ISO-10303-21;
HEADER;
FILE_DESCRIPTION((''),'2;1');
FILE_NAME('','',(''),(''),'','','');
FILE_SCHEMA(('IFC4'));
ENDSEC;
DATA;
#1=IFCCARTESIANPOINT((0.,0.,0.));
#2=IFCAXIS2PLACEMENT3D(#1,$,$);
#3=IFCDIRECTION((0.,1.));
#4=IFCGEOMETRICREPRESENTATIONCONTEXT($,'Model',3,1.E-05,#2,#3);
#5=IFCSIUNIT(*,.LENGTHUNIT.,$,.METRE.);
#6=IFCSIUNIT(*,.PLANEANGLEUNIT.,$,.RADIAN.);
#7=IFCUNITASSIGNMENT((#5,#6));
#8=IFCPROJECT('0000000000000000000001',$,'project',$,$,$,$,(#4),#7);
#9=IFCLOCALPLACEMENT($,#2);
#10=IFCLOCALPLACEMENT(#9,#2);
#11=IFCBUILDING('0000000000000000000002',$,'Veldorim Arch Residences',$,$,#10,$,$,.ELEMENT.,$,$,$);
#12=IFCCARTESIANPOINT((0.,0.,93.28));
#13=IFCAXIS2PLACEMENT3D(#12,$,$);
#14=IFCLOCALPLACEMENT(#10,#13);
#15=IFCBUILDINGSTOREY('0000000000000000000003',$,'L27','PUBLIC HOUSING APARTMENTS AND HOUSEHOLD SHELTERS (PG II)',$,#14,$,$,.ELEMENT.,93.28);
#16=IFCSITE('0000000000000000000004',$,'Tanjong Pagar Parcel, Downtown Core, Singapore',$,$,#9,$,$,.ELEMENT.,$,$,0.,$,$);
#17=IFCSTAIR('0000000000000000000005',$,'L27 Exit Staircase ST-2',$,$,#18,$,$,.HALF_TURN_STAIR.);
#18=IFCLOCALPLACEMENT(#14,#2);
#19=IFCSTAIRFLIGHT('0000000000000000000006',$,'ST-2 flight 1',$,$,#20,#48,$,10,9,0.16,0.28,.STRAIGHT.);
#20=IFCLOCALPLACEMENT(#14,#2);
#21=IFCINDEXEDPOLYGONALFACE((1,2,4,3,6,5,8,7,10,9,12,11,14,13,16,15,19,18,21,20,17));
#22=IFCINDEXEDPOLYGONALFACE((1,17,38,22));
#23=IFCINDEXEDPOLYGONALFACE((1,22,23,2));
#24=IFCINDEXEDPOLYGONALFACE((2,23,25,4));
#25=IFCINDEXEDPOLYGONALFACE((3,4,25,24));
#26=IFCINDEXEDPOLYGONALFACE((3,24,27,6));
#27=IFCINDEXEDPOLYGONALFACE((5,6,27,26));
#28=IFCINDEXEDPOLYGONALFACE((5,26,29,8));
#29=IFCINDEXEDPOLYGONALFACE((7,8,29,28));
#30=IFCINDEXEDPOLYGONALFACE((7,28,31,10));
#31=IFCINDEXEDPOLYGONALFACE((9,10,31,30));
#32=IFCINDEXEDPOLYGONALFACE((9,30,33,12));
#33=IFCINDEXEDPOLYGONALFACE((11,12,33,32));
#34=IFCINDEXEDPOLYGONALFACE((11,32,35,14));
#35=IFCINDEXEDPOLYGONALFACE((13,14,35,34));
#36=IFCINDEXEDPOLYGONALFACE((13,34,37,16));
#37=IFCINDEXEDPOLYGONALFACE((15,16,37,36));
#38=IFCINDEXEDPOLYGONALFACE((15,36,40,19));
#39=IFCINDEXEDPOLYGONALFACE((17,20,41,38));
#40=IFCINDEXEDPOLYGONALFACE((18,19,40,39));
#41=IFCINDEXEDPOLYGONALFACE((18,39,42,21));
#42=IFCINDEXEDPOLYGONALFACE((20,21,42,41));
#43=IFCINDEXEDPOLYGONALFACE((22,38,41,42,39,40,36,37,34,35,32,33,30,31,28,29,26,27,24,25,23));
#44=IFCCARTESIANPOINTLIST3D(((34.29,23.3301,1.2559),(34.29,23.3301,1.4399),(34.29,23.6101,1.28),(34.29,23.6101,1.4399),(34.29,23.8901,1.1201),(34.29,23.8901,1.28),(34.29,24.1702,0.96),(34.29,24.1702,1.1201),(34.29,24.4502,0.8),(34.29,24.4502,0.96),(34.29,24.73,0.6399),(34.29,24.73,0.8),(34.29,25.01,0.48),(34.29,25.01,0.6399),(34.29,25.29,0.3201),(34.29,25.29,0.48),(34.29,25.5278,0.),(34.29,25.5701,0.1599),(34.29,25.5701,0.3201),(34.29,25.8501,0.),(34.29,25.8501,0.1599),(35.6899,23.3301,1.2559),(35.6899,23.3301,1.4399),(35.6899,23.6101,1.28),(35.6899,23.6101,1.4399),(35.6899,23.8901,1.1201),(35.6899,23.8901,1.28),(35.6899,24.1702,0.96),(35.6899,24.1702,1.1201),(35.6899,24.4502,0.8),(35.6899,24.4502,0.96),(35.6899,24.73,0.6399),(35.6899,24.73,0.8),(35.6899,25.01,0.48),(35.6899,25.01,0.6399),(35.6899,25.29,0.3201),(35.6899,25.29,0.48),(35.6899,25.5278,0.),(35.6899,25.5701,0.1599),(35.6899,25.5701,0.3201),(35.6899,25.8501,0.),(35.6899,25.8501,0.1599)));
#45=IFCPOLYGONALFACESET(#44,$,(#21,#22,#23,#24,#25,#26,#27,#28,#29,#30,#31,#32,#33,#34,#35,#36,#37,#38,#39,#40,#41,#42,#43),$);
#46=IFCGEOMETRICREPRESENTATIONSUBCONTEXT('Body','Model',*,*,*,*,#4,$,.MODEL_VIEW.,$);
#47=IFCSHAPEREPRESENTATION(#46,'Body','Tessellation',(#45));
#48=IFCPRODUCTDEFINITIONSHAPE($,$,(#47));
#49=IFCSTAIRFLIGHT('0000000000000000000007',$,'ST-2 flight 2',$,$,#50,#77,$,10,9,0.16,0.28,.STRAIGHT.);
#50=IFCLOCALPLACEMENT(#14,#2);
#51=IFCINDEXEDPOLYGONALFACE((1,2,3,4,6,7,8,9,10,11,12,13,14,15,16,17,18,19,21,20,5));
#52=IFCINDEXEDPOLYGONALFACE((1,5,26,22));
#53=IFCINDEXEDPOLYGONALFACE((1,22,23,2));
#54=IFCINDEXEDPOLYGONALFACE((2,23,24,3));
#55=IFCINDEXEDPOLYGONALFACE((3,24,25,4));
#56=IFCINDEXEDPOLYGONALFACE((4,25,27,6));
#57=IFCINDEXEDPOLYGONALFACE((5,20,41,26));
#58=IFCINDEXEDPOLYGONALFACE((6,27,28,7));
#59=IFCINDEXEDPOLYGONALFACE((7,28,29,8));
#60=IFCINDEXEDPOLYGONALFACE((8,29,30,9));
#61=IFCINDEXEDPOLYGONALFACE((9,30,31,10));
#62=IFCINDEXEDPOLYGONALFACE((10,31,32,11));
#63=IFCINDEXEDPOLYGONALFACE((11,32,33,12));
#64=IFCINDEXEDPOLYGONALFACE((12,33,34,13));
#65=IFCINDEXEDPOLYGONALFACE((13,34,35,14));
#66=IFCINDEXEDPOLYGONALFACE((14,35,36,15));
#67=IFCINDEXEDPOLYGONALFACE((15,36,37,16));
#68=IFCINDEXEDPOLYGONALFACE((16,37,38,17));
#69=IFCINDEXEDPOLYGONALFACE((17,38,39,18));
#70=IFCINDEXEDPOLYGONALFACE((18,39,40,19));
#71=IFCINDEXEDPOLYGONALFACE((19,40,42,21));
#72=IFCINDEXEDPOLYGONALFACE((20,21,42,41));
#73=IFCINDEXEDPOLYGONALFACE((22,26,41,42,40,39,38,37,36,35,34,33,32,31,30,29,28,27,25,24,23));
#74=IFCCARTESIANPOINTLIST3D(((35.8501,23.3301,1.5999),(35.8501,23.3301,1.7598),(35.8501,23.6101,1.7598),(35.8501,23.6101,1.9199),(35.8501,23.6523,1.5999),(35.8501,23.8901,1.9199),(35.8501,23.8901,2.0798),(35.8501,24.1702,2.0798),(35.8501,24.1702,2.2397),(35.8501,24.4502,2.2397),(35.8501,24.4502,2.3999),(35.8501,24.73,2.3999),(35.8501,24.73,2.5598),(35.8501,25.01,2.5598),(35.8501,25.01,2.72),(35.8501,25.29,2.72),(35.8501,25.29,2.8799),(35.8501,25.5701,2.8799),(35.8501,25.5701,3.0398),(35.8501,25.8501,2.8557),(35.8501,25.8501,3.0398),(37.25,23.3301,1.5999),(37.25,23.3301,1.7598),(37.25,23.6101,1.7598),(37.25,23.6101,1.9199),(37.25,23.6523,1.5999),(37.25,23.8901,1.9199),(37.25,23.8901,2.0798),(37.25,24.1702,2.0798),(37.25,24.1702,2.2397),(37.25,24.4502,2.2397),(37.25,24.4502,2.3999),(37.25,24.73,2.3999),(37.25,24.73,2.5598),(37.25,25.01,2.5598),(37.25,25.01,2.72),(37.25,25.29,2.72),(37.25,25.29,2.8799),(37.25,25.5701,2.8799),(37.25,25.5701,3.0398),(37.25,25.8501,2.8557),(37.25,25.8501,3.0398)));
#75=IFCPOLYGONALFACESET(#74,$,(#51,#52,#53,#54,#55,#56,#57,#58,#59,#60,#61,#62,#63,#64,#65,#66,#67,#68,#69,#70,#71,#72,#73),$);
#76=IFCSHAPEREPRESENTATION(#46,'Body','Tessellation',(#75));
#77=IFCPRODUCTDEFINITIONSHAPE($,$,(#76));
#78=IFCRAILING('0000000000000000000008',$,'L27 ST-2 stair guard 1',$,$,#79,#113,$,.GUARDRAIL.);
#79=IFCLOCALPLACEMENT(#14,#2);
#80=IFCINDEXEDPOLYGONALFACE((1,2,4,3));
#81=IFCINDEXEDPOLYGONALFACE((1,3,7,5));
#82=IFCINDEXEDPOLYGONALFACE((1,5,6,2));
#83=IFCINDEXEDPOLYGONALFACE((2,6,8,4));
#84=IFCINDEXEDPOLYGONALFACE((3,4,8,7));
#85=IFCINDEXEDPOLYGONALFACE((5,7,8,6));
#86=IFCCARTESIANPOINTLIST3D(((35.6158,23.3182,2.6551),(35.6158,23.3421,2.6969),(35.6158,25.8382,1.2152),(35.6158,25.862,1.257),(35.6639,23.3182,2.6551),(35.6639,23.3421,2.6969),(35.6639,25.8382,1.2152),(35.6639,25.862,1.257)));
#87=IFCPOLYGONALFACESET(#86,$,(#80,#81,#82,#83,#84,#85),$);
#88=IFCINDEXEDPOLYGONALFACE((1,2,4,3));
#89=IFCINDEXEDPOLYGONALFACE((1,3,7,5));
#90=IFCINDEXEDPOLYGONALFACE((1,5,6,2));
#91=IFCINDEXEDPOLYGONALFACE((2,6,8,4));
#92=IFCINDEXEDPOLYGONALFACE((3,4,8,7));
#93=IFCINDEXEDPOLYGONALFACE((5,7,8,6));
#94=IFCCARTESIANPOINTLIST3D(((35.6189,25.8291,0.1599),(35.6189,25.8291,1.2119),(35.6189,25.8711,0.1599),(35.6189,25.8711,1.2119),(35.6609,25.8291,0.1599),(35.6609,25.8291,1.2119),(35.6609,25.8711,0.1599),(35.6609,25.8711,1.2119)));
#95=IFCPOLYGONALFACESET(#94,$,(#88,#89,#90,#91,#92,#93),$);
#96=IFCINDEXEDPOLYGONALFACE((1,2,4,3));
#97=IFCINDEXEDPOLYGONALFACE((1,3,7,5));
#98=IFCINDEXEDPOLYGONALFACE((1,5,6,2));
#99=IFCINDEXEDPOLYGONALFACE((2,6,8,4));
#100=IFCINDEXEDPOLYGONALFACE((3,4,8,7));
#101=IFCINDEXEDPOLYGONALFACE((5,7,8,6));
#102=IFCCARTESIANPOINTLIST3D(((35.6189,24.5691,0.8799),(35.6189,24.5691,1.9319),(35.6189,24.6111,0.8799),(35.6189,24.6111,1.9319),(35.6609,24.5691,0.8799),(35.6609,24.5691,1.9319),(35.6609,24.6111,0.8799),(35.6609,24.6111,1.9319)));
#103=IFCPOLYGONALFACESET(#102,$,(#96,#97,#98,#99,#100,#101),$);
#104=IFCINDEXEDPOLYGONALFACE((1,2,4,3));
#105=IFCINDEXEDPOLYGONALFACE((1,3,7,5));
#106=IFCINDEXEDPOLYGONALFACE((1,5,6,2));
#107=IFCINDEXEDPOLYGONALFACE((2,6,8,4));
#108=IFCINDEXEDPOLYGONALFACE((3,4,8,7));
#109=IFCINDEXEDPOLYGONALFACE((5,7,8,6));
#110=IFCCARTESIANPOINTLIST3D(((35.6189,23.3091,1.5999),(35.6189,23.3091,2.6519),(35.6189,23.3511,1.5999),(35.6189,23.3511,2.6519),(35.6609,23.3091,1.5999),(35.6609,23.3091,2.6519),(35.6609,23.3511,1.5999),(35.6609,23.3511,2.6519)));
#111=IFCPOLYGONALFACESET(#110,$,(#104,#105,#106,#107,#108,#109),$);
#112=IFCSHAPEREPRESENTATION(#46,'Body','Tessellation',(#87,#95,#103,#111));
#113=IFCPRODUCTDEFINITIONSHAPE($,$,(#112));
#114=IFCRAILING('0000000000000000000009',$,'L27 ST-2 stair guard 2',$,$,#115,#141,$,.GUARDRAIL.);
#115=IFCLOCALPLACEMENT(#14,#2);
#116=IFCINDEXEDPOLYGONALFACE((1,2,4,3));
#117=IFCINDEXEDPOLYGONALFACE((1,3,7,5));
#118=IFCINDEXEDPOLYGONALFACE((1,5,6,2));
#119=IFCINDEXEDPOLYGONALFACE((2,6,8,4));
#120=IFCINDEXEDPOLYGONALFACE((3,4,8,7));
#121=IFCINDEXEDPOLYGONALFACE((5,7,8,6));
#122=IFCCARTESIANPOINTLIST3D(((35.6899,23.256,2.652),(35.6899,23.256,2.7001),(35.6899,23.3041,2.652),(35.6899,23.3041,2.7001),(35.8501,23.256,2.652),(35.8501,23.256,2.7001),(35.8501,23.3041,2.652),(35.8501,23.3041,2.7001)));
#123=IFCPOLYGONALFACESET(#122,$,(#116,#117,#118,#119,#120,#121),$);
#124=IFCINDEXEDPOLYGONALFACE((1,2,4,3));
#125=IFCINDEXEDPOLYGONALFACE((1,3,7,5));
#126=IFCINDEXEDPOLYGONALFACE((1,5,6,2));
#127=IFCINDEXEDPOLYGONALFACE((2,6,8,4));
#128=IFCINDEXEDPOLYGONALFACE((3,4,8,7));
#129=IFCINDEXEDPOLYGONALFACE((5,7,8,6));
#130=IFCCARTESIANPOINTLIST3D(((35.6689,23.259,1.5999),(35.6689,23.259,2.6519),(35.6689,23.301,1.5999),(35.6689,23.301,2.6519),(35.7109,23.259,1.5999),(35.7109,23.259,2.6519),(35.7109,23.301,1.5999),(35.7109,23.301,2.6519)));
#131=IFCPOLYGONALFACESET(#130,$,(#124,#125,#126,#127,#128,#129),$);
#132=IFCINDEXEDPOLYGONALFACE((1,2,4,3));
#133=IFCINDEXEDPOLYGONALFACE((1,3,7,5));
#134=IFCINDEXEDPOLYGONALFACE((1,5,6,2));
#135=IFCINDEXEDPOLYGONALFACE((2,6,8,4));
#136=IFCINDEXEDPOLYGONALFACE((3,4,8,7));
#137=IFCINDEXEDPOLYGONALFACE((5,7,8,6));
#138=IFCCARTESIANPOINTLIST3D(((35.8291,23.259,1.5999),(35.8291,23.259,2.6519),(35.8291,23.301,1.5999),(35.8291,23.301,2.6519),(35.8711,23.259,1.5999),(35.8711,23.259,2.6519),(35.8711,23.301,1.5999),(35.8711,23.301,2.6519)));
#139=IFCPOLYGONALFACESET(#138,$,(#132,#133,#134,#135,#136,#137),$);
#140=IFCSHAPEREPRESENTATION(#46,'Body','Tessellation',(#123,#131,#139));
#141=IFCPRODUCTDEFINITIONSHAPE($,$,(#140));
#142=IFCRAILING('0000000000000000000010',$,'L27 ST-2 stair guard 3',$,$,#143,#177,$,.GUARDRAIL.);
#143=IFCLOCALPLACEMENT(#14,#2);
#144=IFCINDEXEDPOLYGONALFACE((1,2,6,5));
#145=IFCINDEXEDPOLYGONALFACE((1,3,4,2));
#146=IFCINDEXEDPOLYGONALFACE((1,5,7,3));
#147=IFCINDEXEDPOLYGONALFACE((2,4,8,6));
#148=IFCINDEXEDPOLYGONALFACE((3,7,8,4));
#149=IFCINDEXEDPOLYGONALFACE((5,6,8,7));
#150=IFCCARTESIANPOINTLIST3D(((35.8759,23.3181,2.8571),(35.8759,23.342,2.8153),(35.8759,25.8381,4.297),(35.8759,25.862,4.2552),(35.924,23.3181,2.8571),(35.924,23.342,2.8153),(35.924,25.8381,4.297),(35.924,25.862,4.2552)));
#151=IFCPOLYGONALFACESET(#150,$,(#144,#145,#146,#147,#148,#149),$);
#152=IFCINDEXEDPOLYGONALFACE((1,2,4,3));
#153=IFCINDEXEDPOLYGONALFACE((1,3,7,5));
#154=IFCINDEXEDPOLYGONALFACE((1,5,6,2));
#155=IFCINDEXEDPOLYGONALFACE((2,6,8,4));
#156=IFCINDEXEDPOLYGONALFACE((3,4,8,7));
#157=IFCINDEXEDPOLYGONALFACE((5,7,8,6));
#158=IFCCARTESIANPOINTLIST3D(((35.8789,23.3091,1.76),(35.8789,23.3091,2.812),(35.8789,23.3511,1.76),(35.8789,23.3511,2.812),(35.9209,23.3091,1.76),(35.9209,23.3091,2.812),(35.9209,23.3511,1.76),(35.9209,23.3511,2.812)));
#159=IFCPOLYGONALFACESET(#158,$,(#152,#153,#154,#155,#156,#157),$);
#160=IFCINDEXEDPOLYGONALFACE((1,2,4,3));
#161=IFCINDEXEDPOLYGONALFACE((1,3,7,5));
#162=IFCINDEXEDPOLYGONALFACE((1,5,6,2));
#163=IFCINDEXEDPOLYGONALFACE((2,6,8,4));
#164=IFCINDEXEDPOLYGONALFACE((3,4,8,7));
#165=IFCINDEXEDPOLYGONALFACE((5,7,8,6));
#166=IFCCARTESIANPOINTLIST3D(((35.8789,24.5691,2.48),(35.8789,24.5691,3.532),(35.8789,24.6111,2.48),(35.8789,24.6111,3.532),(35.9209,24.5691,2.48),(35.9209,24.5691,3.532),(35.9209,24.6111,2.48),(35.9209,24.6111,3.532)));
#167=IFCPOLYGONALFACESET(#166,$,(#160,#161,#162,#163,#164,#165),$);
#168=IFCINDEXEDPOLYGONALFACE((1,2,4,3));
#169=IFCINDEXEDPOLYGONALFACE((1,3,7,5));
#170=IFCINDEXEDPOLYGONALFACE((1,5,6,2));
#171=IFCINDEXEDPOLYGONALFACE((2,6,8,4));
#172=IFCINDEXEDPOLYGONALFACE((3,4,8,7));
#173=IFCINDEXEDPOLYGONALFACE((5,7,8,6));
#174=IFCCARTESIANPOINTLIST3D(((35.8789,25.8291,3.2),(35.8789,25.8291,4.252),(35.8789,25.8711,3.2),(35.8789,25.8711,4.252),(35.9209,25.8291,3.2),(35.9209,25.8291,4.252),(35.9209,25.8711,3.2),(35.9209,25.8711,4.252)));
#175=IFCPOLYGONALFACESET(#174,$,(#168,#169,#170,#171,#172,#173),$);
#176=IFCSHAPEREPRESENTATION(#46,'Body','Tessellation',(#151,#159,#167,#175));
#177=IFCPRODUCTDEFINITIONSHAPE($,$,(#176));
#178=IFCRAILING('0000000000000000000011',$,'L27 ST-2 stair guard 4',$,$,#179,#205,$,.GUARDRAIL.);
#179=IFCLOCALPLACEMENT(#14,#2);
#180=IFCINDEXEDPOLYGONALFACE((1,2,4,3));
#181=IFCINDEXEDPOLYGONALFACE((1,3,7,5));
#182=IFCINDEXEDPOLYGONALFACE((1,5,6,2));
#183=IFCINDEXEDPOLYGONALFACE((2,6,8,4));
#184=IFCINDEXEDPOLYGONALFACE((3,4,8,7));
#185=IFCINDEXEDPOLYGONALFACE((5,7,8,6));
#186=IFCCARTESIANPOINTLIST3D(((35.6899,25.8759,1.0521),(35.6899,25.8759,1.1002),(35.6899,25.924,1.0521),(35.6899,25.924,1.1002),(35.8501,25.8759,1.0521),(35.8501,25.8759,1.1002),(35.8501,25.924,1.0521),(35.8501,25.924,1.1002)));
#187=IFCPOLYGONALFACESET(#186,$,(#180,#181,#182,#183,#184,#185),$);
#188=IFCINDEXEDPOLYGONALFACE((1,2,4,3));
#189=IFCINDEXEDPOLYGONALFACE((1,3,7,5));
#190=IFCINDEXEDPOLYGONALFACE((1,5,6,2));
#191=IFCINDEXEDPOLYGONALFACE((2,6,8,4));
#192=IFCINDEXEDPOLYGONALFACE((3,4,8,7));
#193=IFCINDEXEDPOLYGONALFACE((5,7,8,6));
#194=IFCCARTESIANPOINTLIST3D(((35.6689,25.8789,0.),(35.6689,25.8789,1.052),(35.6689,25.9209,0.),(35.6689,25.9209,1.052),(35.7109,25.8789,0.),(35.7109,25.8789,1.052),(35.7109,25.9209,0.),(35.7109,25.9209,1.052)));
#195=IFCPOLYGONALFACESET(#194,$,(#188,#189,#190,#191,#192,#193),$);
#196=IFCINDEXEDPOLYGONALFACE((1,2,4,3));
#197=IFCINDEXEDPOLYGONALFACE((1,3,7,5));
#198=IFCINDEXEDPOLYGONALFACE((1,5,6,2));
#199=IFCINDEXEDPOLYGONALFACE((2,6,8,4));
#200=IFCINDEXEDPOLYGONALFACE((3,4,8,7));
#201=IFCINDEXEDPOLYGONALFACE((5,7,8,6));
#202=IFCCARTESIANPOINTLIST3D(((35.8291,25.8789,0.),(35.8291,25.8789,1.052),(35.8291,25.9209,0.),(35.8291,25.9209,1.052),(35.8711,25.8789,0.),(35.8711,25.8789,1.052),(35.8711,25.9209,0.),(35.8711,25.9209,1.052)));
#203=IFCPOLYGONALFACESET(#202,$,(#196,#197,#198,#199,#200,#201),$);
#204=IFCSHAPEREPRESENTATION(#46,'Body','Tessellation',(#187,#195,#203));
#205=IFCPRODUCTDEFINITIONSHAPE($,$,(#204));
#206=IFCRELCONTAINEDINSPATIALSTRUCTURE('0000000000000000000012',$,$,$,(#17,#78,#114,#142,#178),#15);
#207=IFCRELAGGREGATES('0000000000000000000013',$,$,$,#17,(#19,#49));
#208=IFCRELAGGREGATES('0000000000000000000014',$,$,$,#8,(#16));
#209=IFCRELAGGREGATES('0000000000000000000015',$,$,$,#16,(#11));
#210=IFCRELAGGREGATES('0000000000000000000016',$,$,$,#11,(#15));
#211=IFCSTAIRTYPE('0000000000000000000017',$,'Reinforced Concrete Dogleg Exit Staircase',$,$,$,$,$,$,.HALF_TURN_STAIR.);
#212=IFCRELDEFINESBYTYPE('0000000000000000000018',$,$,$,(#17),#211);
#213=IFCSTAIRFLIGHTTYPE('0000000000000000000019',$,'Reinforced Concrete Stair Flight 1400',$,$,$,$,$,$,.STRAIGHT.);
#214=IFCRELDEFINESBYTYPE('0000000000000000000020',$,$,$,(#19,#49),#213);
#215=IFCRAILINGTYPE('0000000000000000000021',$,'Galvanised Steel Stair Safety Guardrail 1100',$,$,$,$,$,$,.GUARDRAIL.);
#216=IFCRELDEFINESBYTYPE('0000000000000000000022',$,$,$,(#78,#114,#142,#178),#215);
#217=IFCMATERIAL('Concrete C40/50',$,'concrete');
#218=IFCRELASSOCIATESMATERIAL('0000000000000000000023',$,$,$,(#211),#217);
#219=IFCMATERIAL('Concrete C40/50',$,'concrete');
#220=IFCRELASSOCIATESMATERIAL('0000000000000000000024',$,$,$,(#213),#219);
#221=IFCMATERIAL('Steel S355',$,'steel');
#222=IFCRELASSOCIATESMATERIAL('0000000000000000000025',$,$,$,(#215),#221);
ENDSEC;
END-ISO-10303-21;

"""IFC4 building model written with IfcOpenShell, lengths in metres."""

from ifc_helpers import new_model, si_unit, direction, frame, origin, origin_2d, place, context, subcontext, project, spatial, polyline, rectangle, outline, extrude, material, type_object, element, aggregate, save


model = new_model("IFC4")

# Units and contexts
model_context = context("Model", 3, precision=1e-05, world=origin(), true_north=direction((0.0, 1.0)))
body_context = subcontext(model_context, "Body", "Model", "MODEL_VIEW")
ifc_project = project(units=[si_unit("LENGTHUNIT", "METRE"), si_unit("PLANEANGLEUNIT", "RADIAN")], contexts=[model_context])

# Site, building, storey
site_placement = place(None, origin())
site = spatial("IfcSite", under=ifc_project, at=site_placement, Name="Tanjong Pagar Parcel, Downtown Core, Singapore", CompositionType="ELEMENT", RefElevation=0.0)
building_placement = place(site_placement, origin())
building = spatial("IfcBuilding", under=site, at=building_placement, Name="Veldorim Arch Residences", CompositionType="ELEMENT")
storey_placement = place(building_placement, frame((0.0, 0.0, 93.28)))
storey = spatial("IfcBuildingStorey", under=building, at=storey_placement, Name="L27", Description="PUBLIC HOUSING APARTMENTS AND HOUSEHOLD SHELTERS (PG II)", CompositionType="ELEMENT", Elevation=93.28)

# Stair, stair flights
ifc_material_1 = material(Name="Concrete C40/50", Category="concrete")
stair_type = type_object("IfcStairType", Name="Reinforced Concrete Dogleg Exit Staircase", PredefinedType="HALF_TURN_STAIR", material=ifc_material_1)
stair_placement = place(storey_placement, origin())
stair = element("IfcStair", 1, at=stair_placement, inside=storey, type_object=stair_type, Name="L27 Exit Staircase ST-2", PredefinedType="HALF_TURN_STAIR")
ifc_material_2 = material(Name="Concrete C40/50", Category="concrete")
stair_flight_type = type_object("IfcStairFlightType", Name="Reinforced Concrete Stair Flight 1400", PredefinedType="STRAIGHT", material=ifc_material_2)
stair_flight_1_placement = place(storey_placement, frame((34.99, 25.8501, 0.0), z_axis=(0.0, 0.0, 1.0), x_axis=(0.0, -1.0, 0.0)))
stair_flight_1 = element("IfcStairFlight", 2, at=stair_flight_1_placement, type_object=stair_flight_type, Name="ST-2 flight 1", NumberOfRisers=10, NumberOfTreads=9, PredefinedType="STRAIGHT", RiserHeight=0.16, TreadLength=0.28, context=body_context, shape_type="SweptSolid", body=[
    extrude(outline(polyline([(0.0, 0.0), (0.0, 0.1599), (0.28, 0.1599), (0.28, 0.3201), (0.5601, 0.3201), (0.5601, 0.48), (0.8401, 0.48), (0.8401, 0.6399), (1.1201, 0.6399), (1.1201, 0.8), (1.3999, 0.8), (1.3999, 0.96), (1.6799, 0.96), (1.6799, 1.1201), (1.96, 1.1201), (1.96, 1.28), (2.24, 1.28), (2.24, 1.4399), (2.52, 1.4399), (2.52, 1.6001), (2.52, 1.2559), (0.3223, 0.0), (0.0, 0.0)])), frame((0.0, 0.7, 0.0), z_axis=(0.0, -1.0, 0.0), x_axis=(1.0, 0.0, 0.0)), (0.0, 0.0, 1.0), 1.3999),
])
stair_flight_2_placement = place(storey_placement, frame((36.55, 23.3301, 1.5999), z_axis=(0.0, 0.0, 1.0), x_axis=(0.0, 1.0, 0.0)))
stair_flight_2 = element("IfcStairFlight", 3, at=stair_flight_2_placement, type_object=stair_flight_type, Name="ST-2 flight 2", NumberOfRisers=10, NumberOfTreads=9, PredefinedType="STRAIGHT", RiserHeight=0.16, TreadLength=0.28, context=body_context, shape_type="SweptSolid", body=[
    extrude(outline(polyline([(0.0, 0.0), (0.0, 0.1599), (0.28, 0.1599), (0.28, 0.3201), (0.5601, 0.3201), (0.5601, 0.48), (0.8401, 0.48), (0.8401, 0.6399), (1.1201, 0.6399), (1.1201, 0.8), (1.3999, 0.8), (1.3999, 0.96), (1.6799, 0.96), (1.6799, 1.1201), (1.96, 1.1201), (1.96, 1.28), (2.24, 1.28), (2.24, 1.4399), (2.52, 1.4399), (2.52, 1.6001), (2.52, 1.2559), (0.3223, 0.0), (0.0, 0.0)])), frame((0.0, 0.7, 0.0), z_axis=(0.0, -1.0, 0.0), x_axis=(1.0, 0.0, 0.0)), (0.0, 0.0, 1.0), 1.3999),
])
aggregate(stair, [stair_flight_1, stair_flight_2])

# Railings
ifc_material_3 = material(Name="Steel S355", Category="steel")
railing_type_1 = type_object("IfcRailingType", Name="Galvanised Steel Stair Safety Guardrail 1100", PredefinedType="GUARDRAIL", material=ifc_material_3)
railing_1_placement = place(storey_placement, frame((35.6399, 25.8501, 0.1599)))
element("IfcRailing", 4, at=railing_1_placement, inside=storey, type_object=railing_type_1, Name="L27 ST-2 stair guard 1", PredefinedType="GUARDRAIL", context=body_context, shape_type="SweptSolid", body=[
    extrude(rectangle(XDim=0.0481, YDim=0.0481, at=origin_2d()), frame((0.0, 0.0, 1.0762), z_axis=(0.0, -0.868253, 0.496121), x_axis=(1.0, 0.0, 0.0)), (0.0, 0.0, 1.0), 2.9023),
    extrude(rectangle(XDim=0.042, YDim=0.042, at=origin_2d()), origin(), (0.0, 0.0, 1.0), 1.052),
    extrude(rectangle(XDim=0.042, YDim=0.042, at=origin_2d()), frame((0.0, -1.26, 0.72)), (0.0, 0.0, 1.0), 1.052),
    extrude(rectangle(XDim=0.042, YDim=0.042, at=origin_2d()), frame((0.0, -2.52, 1.4399)), (0.0, 0.0, 1.0), 1.052),
])
railing_2_placement = place(storey_placement, frame((35.6899, 23.28, 1.5999)))
element("IfcRailing", 5, at=railing_2_placement, inside=storey, type_object=railing_type_1, Name="L27 ST-2 stair guard 2", PredefinedType="GUARDRAIL", context=body_context, shape_type="SweptSolid", body=[
    extrude(rectangle(XDim=0.0481, YDim=0.0481, at=origin_2d()), frame((0.0, 0.0, 1.0762), z_axis=(1.0, 0.0, 0.0), x_axis=(0.0, 1.0, 0.0)), (0.0, 0.0, 1.0), 0.1602),
    extrude(rectangle(XDim=0.042, YDim=0.042, at=origin_2d()), origin(), (0.0, 0.0, 1.0), 1.052),
    extrude(rectangle(XDim=0.042, YDim=0.042, at=origin_2d()), frame((0.1602, 0.0, 0.0)), (0.0, 0.0, 1.0), 1.052),
])
railing_3_placement = place(storey_placement, frame((35.8999, 23.3301, 1.76)))
element("IfcRailing", 6, at=railing_3_placement, inside=storey, type_object=railing_type_1, Name="L27 ST-2 stair guard 3", PredefinedType="GUARDRAIL", context=body_context, shape_type="SweptSolid", body=[
    extrude(rectangle(XDim=0.0481, YDim=0.0481, at=origin_2d()), frame((0.0, 0.0, 1.0762), z_axis=(0.0, 0.868253, 0.496121), x_axis=(-1.0, 0.0, 0.0)), (0.0, 0.0, 1.0), 2.9023),
    extrude(rectangle(XDim=0.042, YDim=0.042, at=origin_2d()), origin(), (0.0, 0.0, 1.0), 1.052),
    extrude(rectangle(XDim=0.042, YDim=0.042, at=origin_2d()), frame((0.0, 1.26, 0.72)), (0.0, 0.0, 1.0), 1.052),
    extrude(rectangle(XDim=0.042, YDim=0.042, at=origin_2d()), frame((0.0, 2.52, 1.4399)), (0.0, 0.0, 1.0), 1.052),
])
railing_4_placement = place(storey_placement, frame((35.6899, 25.8999, 0.0)))
element("IfcRailing", 7, at=railing_4_placement, inside=storey, type_object=railing_type_1, Name="L27 ST-2 stair guard 4", PredefinedType="GUARDRAIL", context=body_context, shape_type="SweptSolid", body=[
    extrude(rectangle(XDim=0.0481, YDim=0.0481, at=origin_2d()), frame((0.0, 0.0, 1.0762), z_axis=(1.0, 0.0, 0.0), x_axis=(0.0, 1.0, 0.0)), (0.0, 0.0, 1.0), 0.1602),
    extrude(rectangle(XDim=0.042, YDim=0.042, at=origin_2d()), origin(), (0.0, 0.0, 1.0), 1.052),
    extrude(rectangle(XDim=0.042, YDim=0.042, at=origin_2d()), frame((0.1602, 0.0, 0.0)), (0.0, 0.0, 1.0), 1.052),
])

save(model, "model.ifc")
